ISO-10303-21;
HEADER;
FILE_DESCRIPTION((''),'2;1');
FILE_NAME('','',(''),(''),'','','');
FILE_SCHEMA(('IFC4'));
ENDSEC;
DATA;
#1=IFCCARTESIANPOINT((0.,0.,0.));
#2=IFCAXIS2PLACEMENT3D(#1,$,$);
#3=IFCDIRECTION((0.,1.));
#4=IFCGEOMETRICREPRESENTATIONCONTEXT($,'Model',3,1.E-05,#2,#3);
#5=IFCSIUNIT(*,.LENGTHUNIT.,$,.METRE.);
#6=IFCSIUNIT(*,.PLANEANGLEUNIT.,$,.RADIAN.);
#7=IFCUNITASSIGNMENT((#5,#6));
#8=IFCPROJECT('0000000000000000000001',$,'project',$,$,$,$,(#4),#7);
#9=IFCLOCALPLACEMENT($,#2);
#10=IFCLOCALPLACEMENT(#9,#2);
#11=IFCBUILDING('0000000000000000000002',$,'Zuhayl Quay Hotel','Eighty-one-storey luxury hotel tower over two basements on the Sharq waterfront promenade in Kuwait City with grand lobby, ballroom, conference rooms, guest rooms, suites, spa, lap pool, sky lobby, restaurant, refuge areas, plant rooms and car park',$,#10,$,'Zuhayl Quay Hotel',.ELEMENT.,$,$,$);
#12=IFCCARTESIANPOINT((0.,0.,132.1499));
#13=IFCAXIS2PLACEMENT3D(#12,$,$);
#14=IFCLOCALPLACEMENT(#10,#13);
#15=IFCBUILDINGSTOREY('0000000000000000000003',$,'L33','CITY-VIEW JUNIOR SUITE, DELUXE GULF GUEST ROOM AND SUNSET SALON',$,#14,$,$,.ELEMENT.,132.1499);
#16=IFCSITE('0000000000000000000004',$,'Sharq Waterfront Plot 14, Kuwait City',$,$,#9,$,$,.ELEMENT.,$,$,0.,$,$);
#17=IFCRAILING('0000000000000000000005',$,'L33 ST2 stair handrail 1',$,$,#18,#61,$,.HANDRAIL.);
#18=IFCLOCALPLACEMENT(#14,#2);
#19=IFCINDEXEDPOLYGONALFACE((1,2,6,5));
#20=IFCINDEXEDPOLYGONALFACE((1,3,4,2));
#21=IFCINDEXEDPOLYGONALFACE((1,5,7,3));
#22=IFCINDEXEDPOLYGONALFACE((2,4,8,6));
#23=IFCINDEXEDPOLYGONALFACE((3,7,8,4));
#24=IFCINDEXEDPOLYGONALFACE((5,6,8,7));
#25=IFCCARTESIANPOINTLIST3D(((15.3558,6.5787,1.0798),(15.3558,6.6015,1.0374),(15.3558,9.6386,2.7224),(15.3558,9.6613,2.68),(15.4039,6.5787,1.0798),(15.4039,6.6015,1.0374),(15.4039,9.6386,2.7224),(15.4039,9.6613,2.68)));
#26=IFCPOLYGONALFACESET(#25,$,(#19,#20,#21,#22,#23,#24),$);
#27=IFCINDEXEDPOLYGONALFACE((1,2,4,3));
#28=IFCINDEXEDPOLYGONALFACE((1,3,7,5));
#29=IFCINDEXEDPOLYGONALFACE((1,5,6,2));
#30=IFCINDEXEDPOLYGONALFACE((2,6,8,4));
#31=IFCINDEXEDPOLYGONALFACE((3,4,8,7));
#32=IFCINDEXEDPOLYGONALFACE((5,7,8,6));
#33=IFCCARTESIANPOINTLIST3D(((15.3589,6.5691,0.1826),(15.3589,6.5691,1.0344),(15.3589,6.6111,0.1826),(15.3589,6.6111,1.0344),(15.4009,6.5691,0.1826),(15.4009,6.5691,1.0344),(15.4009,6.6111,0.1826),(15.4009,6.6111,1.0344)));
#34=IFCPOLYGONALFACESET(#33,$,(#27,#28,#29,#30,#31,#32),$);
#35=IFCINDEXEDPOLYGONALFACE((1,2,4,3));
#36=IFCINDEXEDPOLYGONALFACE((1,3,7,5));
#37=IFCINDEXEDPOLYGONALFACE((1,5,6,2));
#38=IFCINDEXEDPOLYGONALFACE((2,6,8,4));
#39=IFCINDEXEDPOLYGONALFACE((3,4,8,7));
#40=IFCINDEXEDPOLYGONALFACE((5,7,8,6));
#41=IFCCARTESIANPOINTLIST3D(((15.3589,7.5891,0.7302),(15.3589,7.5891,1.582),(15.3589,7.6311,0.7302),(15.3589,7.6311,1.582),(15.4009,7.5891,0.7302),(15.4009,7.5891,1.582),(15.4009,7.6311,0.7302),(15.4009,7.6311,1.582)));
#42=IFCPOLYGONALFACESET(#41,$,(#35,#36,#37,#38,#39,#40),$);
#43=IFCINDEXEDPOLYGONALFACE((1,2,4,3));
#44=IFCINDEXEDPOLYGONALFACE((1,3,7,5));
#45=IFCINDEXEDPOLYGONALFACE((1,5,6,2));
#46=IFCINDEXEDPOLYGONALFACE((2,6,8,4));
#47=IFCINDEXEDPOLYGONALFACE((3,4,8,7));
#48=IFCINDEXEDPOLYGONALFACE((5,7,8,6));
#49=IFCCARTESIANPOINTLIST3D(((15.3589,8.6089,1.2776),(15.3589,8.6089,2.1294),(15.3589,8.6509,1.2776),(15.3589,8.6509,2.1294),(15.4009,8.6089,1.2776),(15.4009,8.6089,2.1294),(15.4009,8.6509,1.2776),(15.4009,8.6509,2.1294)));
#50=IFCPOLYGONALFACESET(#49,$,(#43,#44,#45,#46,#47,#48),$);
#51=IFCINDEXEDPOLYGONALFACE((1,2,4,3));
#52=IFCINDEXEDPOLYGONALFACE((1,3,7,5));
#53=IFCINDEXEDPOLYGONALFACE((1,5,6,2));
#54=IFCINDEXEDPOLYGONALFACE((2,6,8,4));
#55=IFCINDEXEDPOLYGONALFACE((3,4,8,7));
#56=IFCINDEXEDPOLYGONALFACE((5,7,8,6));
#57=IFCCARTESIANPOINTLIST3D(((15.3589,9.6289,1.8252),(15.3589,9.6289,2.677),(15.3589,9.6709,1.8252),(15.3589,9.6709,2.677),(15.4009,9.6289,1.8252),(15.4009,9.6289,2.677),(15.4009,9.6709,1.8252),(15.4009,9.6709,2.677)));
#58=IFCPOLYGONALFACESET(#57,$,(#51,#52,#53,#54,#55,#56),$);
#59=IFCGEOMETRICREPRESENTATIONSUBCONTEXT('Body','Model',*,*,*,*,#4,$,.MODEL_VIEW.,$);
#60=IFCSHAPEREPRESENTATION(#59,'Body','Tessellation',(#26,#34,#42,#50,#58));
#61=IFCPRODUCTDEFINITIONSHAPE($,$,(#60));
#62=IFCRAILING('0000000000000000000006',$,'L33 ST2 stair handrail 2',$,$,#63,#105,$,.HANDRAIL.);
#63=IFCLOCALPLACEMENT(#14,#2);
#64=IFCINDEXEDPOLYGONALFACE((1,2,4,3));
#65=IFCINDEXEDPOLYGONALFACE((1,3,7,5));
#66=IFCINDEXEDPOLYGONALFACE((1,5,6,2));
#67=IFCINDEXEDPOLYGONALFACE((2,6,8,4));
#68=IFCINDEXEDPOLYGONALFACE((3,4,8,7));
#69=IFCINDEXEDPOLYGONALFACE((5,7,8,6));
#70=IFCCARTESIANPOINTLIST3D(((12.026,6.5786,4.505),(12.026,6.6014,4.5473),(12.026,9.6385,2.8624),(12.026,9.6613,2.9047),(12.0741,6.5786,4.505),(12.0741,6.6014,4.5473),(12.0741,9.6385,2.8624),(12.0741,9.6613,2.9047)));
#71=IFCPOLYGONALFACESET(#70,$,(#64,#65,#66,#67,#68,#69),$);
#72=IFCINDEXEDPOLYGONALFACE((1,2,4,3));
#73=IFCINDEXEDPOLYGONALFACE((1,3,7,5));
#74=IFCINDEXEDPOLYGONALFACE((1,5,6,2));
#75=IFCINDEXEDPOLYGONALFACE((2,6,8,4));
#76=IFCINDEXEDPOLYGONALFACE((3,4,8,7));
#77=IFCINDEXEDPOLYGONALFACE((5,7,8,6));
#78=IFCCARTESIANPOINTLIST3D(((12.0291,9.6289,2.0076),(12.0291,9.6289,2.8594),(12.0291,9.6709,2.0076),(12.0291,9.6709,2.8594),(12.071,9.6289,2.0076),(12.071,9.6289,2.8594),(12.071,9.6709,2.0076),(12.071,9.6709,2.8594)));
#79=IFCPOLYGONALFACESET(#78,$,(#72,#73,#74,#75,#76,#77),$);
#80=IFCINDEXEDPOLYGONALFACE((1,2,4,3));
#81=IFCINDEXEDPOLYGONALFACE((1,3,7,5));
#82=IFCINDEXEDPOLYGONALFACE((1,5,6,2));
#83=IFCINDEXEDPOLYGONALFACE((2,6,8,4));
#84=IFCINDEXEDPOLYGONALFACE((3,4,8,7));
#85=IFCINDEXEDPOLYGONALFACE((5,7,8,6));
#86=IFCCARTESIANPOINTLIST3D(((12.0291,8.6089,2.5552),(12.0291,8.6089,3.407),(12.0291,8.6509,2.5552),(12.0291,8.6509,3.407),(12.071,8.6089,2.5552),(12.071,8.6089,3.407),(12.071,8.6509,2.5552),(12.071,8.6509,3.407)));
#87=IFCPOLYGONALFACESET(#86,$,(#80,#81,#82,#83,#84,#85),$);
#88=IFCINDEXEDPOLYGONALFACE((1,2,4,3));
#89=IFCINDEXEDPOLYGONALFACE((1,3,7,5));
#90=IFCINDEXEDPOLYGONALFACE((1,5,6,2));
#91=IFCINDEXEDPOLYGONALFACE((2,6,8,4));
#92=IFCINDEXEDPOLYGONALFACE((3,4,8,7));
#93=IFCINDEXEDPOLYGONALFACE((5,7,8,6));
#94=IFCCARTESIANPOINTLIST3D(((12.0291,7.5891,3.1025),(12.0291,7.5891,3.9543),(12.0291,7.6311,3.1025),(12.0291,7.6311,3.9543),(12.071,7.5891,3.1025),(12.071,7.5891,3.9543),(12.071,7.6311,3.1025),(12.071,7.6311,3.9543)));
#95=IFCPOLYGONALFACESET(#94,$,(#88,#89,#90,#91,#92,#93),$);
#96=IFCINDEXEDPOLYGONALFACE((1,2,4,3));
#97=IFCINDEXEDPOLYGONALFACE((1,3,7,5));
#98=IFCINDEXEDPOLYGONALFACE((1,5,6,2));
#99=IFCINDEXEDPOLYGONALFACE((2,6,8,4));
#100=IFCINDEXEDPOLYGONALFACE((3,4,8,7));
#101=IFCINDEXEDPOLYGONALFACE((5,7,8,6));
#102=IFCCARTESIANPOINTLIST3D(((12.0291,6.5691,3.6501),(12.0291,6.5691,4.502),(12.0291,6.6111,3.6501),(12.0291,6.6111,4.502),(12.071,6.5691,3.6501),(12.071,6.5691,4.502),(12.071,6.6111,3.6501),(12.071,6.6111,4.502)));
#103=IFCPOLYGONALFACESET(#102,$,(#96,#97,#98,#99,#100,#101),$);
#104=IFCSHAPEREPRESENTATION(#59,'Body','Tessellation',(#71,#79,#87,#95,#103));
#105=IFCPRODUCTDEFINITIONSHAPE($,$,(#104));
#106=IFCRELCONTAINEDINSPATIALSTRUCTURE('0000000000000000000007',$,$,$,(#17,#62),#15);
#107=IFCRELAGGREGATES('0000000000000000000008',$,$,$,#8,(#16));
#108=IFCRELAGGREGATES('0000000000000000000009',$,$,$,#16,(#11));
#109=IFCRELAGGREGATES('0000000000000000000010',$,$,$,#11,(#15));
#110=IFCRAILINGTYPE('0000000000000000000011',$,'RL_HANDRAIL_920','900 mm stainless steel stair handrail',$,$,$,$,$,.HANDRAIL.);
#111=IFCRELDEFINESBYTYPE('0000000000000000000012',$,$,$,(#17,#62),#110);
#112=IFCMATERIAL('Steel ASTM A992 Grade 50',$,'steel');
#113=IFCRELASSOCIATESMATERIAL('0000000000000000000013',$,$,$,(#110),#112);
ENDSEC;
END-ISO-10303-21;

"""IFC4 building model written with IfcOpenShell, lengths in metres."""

from ifc_helpers import new_model, si_unit, direction, frame, origin, origin_2d, place, context, subcontext, project, spatial, rectangle, extrude, material, type_object, element, save


model = new_model("IFC4")

# Units and contexts
model_context = context("Model", 3, precision=1e-05, world=origin(), true_north=direction((0.0, 1.0)))
body_context = subcontext(model_context, "Body", "Model", "MODEL_VIEW")
ifc_project = project(units=[si_unit("LENGTHUNIT", "METRE"), si_unit("PLANEANGLEUNIT", "RADIAN")], contexts=[model_context])

# Site, building, storey
site_placement = place(None, origin())
site = spatial("IfcSite", under=ifc_project, at=site_placement, Name="Sharq Waterfront Plot 14, Kuwait City", CompositionType="ELEMENT", RefElevation=0.0)
building_placement = place(site_placement, origin())
building = spatial("IfcBuilding", under=site, at=building_placement, Name="Zuhayl Quay Hotel", Description="Eighty-one-storey luxury hotel tower over two basements on the Sharq waterfront promenade in Kuwait City with grand lobby, ballroom, conference rooms, guest rooms, suites, spa, lap pool, sky lobby, restaurant, refuge areas, plant rooms and car park", LongName="Zuhayl Quay Hotel", CompositionType="ELEMENT")
storey_placement = place(building_placement, frame((0.0, 0.0, 132.1499)))
storey = spatial("IfcBuildingStorey", under=building, at=storey_placement, Name="L33", Description="CITY-VIEW JUNIOR SUITE, DELUXE GULF GUEST ROOM AND SUNSET SALON", CompositionType="ELEMENT", Elevation=132.1499)

# Shared definitions
ifc_material_1 = material(Name="Steel ASTM A992 Grade 50", Category="steel")

# Railings
railing_type_1 = type_object("IfcRailingType", Name="RL_HANDRAIL_920", Description="900 mm stainless steel stair handrail", PredefinedType="HANDRAIL", material=ifc_material_1)
railing_1_placement = place(storey_placement, frame((15.3799, 6.5901, 0.1826)))
element("IfcRailing", 1, at=railing_1_placement, inside=storey, type_object=railing_type_1, Name="L33 ST2 stair handrail 1", PredefinedType="HANDRAIL", context=body_context, shape_type="SweptSolid", body=[
    extrude(rectangle(XDim=0.0481, YDim=0.0481, at=origin_2d()), frame((0.0, 0.0, 0.876), z_axis=(0.0, 0.881073, 0.47298), x_axis=(-1.0, 0.0, 0.0)), (0.0, 0.0, 1.0), 3.4729),
    extrude(rectangle(XDim=0.042, YDim=0.042, at=origin_2d()), origin(), (0.0, 0.0, 1.0), 0.8518),
    extrude(rectangle(XDim=0.042, YDim=0.042, at=origin_2d()), frame((0.0, 1.02, 0.5476)), (0.0, 0.0, 1.0), 0.8518),
    extrude(rectangle(XDim=0.042, YDim=0.042, at=origin_2d()), frame((0.0, 2.0398, 1.095)), (0.0, 0.0, 1.0), 0.8518),
    extrude(rectangle(XDim=0.042, YDim=0.042, at=origin_2d()), frame((0.0, 3.0598, 1.6426)), (0.0, 0.0, 1.0), 0.8518),
])
railing_2_placement = place(storey_placement, frame((12.05, 9.6499, 2.0076)))
element("IfcRailing", 2, at=railing_2_placement, inside=storey, type_object=railing_type_1, Name="L33 ST2 stair handrail 2", PredefinedType="HANDRAIL", context=body_context, shape_type="SweptSolid", body=[
    extrude(rectangle(XDim=0.0481, YDim=0.0481, at=origin_2d()), frame((0.0, 0.0, 0.876), z_axis=(0.0, -0.881073, 0.47298), x_axis=(1.0, 0.0, 0.0)), (0.0, 0.0, 1.0), 3.4729),
    extrude(rectangle(XDim=0.042, YDim=0.042, at=origin_2d()), origin(), (0.0, 0.0, 1.0), 0.8518),
    extrude(rectangle(XDim=0.042, YDim=0.042, at=origin_2d()), frame((0.0, -1.02, 0.5476)), (0.0, 0.0, 1.0), 0.8518),
    extrude(rectangle(XDim=0.042, YDim=0.042, at=origin_2d()), frame((0.0, -2.0398, 1.095)), (0.0, 0.0, 1.0), 0.8518),
    extrude(rectangle(XDim=0.042, YDim=0.042, at=origin_2d()), frame((0.0, -3.0598, 1.6426)), (0.0, 0.0, 1.0), 0.8518),
])

save(model, "model.ifc")
